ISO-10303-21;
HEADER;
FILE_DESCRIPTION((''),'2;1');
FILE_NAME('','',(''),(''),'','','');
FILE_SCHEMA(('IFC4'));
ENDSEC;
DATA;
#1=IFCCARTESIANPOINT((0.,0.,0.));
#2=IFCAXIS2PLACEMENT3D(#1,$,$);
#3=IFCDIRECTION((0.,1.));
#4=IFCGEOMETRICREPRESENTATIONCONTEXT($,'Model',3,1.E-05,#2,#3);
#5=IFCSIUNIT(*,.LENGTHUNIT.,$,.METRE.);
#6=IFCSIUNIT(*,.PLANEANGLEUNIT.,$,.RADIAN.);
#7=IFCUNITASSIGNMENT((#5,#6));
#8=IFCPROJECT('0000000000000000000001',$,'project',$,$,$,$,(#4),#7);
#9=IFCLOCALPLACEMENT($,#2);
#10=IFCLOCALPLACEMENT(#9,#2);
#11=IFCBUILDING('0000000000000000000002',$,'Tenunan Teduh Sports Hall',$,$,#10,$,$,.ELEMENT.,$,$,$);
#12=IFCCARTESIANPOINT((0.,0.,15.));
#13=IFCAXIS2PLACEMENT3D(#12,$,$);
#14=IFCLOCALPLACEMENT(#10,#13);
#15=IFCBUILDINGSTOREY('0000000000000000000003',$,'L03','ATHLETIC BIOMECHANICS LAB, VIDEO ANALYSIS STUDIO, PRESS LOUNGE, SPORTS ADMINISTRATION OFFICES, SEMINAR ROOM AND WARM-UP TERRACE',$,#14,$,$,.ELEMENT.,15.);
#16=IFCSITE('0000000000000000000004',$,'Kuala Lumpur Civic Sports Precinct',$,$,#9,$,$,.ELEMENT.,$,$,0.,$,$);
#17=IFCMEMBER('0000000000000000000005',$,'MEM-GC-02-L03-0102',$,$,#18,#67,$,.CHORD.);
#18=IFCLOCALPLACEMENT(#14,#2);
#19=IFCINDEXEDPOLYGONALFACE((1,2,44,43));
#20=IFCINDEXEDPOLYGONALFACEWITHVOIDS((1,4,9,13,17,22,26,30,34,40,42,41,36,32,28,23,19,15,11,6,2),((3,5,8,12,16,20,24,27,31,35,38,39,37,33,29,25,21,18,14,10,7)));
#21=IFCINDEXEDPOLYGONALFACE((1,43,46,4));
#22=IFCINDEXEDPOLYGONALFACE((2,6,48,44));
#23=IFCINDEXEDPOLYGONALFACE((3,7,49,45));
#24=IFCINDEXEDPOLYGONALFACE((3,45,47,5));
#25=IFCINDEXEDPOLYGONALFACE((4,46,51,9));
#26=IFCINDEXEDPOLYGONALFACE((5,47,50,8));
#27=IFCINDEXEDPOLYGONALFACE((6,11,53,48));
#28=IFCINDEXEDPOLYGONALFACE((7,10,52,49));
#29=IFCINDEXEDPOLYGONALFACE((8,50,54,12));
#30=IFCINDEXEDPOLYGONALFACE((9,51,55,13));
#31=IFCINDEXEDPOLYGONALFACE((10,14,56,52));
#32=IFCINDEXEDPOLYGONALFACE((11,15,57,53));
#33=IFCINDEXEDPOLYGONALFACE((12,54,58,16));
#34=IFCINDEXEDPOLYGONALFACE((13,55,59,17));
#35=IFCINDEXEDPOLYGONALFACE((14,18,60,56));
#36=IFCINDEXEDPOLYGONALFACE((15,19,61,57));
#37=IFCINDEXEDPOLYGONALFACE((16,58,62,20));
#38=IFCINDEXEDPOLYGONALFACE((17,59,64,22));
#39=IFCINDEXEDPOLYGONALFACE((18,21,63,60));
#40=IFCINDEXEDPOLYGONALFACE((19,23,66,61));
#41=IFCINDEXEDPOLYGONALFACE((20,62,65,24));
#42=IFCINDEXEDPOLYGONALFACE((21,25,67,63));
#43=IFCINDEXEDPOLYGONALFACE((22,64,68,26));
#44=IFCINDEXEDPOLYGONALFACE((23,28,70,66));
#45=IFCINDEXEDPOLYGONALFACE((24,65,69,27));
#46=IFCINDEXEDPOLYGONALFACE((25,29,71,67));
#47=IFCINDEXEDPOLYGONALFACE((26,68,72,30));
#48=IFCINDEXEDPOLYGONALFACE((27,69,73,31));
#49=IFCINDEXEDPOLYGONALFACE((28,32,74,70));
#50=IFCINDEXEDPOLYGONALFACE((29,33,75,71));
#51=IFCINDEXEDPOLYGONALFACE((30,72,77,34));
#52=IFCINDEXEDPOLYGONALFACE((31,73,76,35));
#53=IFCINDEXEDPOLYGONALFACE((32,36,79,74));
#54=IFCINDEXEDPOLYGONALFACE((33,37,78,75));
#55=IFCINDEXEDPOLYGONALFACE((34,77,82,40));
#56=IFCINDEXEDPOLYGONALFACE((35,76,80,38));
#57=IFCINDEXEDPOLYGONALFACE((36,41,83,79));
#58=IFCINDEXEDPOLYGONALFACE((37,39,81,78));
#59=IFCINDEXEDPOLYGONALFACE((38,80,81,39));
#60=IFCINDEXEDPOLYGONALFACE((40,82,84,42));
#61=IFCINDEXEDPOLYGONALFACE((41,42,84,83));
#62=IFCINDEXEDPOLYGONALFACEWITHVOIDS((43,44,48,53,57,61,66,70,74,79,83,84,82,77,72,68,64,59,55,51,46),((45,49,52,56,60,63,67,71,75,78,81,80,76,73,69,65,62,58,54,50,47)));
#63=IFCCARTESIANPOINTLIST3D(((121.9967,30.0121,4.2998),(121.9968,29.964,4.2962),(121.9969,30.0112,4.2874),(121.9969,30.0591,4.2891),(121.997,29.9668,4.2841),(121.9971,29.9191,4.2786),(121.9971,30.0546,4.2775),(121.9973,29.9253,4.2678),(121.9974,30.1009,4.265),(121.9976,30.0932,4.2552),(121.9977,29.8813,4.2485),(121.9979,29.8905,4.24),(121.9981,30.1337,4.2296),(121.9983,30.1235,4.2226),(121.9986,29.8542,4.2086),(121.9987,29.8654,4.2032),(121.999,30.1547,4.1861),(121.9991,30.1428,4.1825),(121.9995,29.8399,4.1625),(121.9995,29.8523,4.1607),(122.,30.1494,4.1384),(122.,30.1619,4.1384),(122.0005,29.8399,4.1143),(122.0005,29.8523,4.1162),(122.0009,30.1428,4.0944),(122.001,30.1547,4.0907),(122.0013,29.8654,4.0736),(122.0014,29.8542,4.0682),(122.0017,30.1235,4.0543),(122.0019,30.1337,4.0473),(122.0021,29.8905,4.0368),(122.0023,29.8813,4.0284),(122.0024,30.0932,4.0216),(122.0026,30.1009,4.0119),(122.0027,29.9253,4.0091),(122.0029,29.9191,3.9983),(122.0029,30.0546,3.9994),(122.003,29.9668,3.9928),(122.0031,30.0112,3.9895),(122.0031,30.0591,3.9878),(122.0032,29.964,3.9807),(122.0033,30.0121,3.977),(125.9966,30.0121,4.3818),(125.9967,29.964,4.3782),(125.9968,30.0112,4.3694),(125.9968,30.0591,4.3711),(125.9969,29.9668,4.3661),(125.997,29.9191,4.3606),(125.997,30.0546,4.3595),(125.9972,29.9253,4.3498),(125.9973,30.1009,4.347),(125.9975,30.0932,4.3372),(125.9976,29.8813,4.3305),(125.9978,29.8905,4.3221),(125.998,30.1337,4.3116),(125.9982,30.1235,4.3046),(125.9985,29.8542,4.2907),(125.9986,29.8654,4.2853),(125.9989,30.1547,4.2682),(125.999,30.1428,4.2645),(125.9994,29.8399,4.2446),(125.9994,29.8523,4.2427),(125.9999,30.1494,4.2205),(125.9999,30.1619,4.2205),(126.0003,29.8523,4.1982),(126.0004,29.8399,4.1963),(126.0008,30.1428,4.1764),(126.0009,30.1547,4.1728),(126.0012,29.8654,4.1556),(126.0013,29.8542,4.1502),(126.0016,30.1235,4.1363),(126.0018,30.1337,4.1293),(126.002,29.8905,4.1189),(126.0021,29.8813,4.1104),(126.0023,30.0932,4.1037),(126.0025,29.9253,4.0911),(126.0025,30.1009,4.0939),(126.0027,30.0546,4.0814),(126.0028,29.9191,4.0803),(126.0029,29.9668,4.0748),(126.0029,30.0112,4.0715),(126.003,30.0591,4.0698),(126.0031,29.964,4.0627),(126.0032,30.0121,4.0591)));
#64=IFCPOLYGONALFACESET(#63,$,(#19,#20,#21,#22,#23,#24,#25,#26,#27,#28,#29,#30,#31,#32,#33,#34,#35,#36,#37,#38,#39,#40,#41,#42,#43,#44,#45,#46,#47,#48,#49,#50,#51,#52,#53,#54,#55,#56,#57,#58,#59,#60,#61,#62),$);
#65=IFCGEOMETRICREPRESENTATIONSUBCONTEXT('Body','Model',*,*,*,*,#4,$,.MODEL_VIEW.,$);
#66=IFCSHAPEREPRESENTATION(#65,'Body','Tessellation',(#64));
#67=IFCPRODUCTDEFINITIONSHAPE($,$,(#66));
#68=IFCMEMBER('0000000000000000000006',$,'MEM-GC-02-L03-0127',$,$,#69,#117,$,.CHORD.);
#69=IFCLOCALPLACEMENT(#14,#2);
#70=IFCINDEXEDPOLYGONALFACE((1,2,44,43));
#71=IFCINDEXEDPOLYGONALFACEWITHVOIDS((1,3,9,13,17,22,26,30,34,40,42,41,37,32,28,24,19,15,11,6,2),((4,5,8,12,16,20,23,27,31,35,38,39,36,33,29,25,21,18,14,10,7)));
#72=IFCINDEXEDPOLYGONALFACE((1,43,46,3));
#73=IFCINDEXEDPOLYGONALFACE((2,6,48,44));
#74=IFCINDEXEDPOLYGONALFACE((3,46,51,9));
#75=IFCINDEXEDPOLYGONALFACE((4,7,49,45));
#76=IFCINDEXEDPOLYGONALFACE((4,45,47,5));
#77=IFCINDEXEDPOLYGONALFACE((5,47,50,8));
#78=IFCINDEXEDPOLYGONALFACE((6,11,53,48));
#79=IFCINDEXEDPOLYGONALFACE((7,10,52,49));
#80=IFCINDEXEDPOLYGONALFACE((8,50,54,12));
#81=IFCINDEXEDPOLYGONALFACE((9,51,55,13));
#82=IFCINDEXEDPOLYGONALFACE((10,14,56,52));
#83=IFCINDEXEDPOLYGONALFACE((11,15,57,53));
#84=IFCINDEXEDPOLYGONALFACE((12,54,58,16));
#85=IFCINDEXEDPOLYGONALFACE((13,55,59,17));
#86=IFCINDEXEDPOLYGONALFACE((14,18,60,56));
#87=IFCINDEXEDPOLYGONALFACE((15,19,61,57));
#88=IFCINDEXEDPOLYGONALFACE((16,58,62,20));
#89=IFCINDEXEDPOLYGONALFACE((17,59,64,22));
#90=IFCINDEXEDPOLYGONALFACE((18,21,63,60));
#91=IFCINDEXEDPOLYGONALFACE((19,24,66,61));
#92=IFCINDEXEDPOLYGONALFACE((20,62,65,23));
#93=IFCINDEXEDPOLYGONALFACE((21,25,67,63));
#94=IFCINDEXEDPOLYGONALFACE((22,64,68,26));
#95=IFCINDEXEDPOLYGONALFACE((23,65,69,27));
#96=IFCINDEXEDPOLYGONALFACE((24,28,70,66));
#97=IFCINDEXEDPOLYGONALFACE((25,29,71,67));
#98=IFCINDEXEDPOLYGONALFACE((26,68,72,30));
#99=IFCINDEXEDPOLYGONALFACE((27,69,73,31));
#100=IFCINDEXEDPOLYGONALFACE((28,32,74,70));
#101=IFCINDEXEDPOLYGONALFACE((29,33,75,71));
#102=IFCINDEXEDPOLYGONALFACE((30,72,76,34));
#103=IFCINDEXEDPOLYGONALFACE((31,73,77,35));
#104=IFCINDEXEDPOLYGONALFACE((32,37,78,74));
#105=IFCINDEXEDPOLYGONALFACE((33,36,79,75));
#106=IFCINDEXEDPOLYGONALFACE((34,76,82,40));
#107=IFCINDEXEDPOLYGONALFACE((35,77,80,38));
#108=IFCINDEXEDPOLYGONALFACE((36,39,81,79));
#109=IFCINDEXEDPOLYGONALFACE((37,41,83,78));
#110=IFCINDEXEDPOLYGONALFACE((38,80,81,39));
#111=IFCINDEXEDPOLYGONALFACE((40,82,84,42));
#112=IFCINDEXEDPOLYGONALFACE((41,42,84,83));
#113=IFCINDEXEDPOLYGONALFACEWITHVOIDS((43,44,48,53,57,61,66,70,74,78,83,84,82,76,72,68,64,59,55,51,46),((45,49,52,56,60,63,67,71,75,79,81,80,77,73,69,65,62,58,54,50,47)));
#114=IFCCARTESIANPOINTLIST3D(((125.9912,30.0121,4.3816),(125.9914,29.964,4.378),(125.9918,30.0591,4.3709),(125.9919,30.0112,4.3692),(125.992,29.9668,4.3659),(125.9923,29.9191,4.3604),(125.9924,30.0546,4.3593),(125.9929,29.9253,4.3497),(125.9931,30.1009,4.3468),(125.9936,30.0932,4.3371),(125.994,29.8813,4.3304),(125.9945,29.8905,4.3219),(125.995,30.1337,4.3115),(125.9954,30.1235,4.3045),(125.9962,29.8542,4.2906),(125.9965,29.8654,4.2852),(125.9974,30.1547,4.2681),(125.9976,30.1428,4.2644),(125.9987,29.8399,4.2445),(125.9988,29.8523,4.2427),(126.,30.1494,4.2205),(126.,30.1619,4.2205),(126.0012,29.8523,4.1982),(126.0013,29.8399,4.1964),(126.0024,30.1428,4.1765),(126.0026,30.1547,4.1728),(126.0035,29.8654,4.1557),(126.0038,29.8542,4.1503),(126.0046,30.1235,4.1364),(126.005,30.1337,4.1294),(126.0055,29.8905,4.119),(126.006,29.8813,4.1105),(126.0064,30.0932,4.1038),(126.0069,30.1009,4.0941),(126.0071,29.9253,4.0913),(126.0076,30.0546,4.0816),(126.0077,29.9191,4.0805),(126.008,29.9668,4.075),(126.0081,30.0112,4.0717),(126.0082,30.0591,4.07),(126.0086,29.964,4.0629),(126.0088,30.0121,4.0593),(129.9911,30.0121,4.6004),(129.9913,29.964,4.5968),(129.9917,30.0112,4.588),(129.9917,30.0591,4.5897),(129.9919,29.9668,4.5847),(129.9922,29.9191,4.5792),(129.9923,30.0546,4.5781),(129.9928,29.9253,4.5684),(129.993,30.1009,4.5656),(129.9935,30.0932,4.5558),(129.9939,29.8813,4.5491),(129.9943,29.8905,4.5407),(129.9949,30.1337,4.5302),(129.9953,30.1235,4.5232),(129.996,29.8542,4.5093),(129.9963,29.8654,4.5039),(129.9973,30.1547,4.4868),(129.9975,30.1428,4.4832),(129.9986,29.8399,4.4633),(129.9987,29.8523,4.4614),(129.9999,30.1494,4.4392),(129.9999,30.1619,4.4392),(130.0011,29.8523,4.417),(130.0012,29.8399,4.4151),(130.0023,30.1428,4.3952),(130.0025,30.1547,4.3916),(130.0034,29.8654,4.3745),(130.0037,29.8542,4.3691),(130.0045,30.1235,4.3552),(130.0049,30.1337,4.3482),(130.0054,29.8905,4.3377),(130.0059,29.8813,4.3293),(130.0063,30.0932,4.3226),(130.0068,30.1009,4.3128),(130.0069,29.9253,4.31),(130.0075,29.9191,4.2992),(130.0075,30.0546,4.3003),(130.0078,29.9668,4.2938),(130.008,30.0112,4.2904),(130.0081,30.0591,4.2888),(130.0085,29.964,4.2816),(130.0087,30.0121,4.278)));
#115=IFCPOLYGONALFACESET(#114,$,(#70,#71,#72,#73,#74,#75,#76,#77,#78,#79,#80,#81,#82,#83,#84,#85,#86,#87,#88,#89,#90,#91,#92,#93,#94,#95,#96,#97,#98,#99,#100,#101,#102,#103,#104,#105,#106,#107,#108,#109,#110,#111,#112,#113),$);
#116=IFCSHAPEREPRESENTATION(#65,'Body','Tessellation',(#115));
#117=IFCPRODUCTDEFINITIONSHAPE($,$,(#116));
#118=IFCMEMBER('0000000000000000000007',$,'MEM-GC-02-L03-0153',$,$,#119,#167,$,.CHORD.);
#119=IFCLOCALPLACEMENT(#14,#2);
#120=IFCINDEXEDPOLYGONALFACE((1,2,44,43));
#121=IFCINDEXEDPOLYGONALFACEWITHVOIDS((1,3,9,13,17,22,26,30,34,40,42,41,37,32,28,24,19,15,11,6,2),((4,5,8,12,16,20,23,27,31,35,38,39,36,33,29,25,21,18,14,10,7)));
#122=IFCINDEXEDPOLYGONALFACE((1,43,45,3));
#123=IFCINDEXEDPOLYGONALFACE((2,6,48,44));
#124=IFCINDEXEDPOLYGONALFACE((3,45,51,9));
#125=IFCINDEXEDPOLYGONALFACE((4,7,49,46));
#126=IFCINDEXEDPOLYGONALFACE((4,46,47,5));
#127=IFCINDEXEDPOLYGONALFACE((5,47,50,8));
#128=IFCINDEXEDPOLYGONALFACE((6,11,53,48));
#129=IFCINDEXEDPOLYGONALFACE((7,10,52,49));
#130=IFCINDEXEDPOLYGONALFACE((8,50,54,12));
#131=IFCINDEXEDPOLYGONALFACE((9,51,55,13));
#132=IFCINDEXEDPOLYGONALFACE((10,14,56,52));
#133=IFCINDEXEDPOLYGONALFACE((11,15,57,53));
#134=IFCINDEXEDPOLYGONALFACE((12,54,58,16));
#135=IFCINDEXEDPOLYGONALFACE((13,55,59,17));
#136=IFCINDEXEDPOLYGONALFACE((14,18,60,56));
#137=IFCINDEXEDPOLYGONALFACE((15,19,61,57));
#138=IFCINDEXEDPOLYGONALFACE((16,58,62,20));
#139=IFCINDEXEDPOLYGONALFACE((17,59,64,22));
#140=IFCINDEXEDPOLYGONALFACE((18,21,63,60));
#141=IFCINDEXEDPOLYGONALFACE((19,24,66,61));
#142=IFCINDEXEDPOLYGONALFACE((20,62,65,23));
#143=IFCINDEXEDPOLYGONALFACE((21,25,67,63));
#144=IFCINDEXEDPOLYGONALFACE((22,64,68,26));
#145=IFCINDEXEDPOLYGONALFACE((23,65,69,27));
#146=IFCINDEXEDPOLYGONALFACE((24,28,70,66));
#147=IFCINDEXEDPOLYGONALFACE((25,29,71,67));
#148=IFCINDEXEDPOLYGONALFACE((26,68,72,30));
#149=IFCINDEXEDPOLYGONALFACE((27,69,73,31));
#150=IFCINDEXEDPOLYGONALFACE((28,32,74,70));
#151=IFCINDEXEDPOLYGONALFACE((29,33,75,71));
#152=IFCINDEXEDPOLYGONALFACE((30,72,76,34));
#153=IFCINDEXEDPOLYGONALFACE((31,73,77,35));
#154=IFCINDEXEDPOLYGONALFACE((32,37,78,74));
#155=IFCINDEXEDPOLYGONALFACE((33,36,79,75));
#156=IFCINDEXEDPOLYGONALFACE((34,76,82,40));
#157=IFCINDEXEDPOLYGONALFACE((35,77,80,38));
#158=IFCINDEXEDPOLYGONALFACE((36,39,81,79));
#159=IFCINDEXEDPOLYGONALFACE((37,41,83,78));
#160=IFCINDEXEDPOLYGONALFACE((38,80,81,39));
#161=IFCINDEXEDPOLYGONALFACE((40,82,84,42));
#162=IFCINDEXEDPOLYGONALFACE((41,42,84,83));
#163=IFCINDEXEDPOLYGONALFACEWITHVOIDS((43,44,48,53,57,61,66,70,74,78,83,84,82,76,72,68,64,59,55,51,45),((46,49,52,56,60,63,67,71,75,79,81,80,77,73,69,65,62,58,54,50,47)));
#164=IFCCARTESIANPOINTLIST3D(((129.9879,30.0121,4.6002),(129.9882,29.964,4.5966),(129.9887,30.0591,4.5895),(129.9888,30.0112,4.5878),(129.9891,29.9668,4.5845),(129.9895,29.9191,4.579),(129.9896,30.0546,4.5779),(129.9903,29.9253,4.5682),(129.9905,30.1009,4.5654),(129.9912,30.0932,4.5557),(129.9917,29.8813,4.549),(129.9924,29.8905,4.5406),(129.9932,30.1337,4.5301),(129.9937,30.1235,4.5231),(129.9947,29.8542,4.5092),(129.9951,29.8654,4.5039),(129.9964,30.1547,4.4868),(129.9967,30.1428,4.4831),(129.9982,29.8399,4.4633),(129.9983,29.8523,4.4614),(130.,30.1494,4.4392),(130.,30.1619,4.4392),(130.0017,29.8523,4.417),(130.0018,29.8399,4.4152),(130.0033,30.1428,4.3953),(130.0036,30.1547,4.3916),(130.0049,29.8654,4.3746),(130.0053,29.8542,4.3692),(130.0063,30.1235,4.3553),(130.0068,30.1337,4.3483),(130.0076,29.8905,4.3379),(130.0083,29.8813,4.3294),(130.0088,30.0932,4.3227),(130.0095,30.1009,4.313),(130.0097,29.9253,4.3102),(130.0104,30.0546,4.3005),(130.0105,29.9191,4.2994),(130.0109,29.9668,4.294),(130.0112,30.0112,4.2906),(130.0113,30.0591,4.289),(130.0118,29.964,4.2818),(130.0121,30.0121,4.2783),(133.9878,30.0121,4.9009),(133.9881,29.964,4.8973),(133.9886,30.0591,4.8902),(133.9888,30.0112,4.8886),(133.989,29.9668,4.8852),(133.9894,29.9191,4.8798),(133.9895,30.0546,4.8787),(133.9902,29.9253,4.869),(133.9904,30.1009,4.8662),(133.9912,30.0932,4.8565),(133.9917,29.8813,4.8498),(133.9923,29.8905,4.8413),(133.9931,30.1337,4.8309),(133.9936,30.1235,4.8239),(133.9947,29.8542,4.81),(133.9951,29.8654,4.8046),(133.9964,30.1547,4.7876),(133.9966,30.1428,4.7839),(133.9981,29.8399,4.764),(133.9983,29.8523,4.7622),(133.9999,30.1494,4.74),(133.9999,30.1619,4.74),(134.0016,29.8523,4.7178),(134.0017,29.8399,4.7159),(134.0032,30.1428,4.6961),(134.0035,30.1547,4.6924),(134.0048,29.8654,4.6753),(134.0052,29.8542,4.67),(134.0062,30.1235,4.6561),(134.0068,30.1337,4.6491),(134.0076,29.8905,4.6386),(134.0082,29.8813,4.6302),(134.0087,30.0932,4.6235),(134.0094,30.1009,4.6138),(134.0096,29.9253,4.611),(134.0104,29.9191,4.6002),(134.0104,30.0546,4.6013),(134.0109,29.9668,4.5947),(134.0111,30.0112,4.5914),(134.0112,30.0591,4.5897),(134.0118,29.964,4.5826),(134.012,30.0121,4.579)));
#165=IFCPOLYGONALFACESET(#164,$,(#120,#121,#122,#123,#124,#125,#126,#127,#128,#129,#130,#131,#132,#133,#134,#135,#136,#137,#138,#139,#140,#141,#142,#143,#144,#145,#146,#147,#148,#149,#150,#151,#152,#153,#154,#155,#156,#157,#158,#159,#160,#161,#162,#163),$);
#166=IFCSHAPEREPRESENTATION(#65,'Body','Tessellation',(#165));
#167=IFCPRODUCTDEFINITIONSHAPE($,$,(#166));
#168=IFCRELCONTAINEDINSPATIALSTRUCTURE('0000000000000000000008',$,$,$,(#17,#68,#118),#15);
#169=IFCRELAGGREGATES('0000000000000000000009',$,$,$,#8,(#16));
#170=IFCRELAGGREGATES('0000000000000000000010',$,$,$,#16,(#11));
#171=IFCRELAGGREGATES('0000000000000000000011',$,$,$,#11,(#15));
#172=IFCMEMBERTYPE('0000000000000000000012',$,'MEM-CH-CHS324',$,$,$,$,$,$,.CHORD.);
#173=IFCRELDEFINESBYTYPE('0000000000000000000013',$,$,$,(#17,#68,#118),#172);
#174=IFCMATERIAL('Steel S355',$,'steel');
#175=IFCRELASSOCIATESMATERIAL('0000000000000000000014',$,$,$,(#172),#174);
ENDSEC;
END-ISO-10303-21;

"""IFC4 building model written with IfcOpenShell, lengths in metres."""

from ifc_helpers import new_model, si_unit, direction, frame, origin, origin_2d, place, context, subcontext, project, spatial, hollow_circle, extrude, material, material_profile, profile_set, type_object, element, save


model = new_model("IFC4")

# Units and contexts
model_context = context("Model", 3, precision=1e-05, world=origin(), true_north=direction((0.0, 1.0)))
body_context = subcontext(model_context, "Body", "Model", "MODEL_VIEW")
ifc_project = project(units=[si_unit("LENGTHUNIT", "METRE"), si_unit("PLANEANGLEUNIT", "RADIAN")], contexts=[model_context])

# Site, building, storey
site_placement = place(None, origin())
site = spatial("IfcSite", under=ifc_project, at=site_placement, Name="Kuala Lumpur Civic Sports Precinct", CompositionType="ELEMENT", RefElevation=0.0)
building_placement = place(site_placement, origin())
building = spatial("IfcBuilding", under=site, at=building_placement, Name="Tenunan Teduh Sports Hall", CompositionType="ELEMENT")
storey_placement = place(building_placement, frame((0.0, 0.0, 15.0)))
storey = spatial("IfcBuildingStorey", under=building, at=storey_placement, Name="L03", Description="ATHLETIC BIOMECHANICS LAB, VIDEO ANALYSIS STUDIO, PRESS LOUNGE, SPORTS ADMINISTRATION OFFICES, SEMINAR ROOM AND WARM-UP TERRACE", CompositionType="ELEMENT", Elevation=15.0)

# Members
ifc_material_1 = material(Name="Steel S355", Category="steel")
ifc_material_profile_1 = material_profile(ifc_material_1, hollow_circle(Radius=0.1619, WallThickness=0.0125, at=origin_2d()), Name="CHS 323.9x12.5")
ifc_profile_set_1 = profile_set([ifc_material_profile_1], Name="Steel S355")
member_type_1 = type_object("IfcMemberType", Name="MEM-CH-CHS324", PredefinedType="CHORD", material=ifc_profile_set_1)
member_1_placement = place(storey_placement, frame((122.0, 30.0, 4.1384), z_axis=(0.99979, 0.0, 0.020504), x_axis=(0.0, 1.0, 0.0)))
element("IfcMember", 1, at=member_1_placement, inside=storey, type_object=member_type_1, Name="MEM-GC-02-L03-0102", PredefinedType="CHORD", context=body_context, shape_type="SweptSolid", body=[
    extrude(hollow_circle(Radius=0.1619, WallThickness=0.0125, at=origin_2d()), origin(), (0.0, 0.0, 1.0), 4.0007),
])
member_2_placement = place(storey_placement, frame((126.0, 30.0, 4.2205), z_axis=(0.998508, 0.0, 0.054606), x_axis=(0.0, 1.0, 0.0)))
element("IfcMember", 2, at=member_2_placement, inside=storey, type_object=member_type_1, Name="MEM-GC-02-L03-0127", PredefinedType="CHORD", context=body_context, shape_type="SweptSolid", body=[
    extrude(hollow_circle(Radius=0.1619, WallThickness=0.0125, at=origin_2d()), origin(), (0.0, 0.0, 1.0), 4.0059),
])
member_3_placement = place(storey_placement, frame((130.0, 30.0, 4.4392), z_axis=(0.997185, 0.0, 0.074984), x_axis=(0.0, 1.0, 0.0)))
element("IfcMember", 3, at=member_3_placement, inside=storey, type_object=member_type_1, Name="MEM-GC-02-L03-0153", PredefinedType="CHORD", context=body_context, shape_type="SweptSolid", body=[
    extrude(hollow_circle(Radius=0.1619, WallThickness=0.0125, at=origin_2d()), origin(), (0.0, 0.0, 1.0), 4.0112),
])

save(model, "model.ifc")
